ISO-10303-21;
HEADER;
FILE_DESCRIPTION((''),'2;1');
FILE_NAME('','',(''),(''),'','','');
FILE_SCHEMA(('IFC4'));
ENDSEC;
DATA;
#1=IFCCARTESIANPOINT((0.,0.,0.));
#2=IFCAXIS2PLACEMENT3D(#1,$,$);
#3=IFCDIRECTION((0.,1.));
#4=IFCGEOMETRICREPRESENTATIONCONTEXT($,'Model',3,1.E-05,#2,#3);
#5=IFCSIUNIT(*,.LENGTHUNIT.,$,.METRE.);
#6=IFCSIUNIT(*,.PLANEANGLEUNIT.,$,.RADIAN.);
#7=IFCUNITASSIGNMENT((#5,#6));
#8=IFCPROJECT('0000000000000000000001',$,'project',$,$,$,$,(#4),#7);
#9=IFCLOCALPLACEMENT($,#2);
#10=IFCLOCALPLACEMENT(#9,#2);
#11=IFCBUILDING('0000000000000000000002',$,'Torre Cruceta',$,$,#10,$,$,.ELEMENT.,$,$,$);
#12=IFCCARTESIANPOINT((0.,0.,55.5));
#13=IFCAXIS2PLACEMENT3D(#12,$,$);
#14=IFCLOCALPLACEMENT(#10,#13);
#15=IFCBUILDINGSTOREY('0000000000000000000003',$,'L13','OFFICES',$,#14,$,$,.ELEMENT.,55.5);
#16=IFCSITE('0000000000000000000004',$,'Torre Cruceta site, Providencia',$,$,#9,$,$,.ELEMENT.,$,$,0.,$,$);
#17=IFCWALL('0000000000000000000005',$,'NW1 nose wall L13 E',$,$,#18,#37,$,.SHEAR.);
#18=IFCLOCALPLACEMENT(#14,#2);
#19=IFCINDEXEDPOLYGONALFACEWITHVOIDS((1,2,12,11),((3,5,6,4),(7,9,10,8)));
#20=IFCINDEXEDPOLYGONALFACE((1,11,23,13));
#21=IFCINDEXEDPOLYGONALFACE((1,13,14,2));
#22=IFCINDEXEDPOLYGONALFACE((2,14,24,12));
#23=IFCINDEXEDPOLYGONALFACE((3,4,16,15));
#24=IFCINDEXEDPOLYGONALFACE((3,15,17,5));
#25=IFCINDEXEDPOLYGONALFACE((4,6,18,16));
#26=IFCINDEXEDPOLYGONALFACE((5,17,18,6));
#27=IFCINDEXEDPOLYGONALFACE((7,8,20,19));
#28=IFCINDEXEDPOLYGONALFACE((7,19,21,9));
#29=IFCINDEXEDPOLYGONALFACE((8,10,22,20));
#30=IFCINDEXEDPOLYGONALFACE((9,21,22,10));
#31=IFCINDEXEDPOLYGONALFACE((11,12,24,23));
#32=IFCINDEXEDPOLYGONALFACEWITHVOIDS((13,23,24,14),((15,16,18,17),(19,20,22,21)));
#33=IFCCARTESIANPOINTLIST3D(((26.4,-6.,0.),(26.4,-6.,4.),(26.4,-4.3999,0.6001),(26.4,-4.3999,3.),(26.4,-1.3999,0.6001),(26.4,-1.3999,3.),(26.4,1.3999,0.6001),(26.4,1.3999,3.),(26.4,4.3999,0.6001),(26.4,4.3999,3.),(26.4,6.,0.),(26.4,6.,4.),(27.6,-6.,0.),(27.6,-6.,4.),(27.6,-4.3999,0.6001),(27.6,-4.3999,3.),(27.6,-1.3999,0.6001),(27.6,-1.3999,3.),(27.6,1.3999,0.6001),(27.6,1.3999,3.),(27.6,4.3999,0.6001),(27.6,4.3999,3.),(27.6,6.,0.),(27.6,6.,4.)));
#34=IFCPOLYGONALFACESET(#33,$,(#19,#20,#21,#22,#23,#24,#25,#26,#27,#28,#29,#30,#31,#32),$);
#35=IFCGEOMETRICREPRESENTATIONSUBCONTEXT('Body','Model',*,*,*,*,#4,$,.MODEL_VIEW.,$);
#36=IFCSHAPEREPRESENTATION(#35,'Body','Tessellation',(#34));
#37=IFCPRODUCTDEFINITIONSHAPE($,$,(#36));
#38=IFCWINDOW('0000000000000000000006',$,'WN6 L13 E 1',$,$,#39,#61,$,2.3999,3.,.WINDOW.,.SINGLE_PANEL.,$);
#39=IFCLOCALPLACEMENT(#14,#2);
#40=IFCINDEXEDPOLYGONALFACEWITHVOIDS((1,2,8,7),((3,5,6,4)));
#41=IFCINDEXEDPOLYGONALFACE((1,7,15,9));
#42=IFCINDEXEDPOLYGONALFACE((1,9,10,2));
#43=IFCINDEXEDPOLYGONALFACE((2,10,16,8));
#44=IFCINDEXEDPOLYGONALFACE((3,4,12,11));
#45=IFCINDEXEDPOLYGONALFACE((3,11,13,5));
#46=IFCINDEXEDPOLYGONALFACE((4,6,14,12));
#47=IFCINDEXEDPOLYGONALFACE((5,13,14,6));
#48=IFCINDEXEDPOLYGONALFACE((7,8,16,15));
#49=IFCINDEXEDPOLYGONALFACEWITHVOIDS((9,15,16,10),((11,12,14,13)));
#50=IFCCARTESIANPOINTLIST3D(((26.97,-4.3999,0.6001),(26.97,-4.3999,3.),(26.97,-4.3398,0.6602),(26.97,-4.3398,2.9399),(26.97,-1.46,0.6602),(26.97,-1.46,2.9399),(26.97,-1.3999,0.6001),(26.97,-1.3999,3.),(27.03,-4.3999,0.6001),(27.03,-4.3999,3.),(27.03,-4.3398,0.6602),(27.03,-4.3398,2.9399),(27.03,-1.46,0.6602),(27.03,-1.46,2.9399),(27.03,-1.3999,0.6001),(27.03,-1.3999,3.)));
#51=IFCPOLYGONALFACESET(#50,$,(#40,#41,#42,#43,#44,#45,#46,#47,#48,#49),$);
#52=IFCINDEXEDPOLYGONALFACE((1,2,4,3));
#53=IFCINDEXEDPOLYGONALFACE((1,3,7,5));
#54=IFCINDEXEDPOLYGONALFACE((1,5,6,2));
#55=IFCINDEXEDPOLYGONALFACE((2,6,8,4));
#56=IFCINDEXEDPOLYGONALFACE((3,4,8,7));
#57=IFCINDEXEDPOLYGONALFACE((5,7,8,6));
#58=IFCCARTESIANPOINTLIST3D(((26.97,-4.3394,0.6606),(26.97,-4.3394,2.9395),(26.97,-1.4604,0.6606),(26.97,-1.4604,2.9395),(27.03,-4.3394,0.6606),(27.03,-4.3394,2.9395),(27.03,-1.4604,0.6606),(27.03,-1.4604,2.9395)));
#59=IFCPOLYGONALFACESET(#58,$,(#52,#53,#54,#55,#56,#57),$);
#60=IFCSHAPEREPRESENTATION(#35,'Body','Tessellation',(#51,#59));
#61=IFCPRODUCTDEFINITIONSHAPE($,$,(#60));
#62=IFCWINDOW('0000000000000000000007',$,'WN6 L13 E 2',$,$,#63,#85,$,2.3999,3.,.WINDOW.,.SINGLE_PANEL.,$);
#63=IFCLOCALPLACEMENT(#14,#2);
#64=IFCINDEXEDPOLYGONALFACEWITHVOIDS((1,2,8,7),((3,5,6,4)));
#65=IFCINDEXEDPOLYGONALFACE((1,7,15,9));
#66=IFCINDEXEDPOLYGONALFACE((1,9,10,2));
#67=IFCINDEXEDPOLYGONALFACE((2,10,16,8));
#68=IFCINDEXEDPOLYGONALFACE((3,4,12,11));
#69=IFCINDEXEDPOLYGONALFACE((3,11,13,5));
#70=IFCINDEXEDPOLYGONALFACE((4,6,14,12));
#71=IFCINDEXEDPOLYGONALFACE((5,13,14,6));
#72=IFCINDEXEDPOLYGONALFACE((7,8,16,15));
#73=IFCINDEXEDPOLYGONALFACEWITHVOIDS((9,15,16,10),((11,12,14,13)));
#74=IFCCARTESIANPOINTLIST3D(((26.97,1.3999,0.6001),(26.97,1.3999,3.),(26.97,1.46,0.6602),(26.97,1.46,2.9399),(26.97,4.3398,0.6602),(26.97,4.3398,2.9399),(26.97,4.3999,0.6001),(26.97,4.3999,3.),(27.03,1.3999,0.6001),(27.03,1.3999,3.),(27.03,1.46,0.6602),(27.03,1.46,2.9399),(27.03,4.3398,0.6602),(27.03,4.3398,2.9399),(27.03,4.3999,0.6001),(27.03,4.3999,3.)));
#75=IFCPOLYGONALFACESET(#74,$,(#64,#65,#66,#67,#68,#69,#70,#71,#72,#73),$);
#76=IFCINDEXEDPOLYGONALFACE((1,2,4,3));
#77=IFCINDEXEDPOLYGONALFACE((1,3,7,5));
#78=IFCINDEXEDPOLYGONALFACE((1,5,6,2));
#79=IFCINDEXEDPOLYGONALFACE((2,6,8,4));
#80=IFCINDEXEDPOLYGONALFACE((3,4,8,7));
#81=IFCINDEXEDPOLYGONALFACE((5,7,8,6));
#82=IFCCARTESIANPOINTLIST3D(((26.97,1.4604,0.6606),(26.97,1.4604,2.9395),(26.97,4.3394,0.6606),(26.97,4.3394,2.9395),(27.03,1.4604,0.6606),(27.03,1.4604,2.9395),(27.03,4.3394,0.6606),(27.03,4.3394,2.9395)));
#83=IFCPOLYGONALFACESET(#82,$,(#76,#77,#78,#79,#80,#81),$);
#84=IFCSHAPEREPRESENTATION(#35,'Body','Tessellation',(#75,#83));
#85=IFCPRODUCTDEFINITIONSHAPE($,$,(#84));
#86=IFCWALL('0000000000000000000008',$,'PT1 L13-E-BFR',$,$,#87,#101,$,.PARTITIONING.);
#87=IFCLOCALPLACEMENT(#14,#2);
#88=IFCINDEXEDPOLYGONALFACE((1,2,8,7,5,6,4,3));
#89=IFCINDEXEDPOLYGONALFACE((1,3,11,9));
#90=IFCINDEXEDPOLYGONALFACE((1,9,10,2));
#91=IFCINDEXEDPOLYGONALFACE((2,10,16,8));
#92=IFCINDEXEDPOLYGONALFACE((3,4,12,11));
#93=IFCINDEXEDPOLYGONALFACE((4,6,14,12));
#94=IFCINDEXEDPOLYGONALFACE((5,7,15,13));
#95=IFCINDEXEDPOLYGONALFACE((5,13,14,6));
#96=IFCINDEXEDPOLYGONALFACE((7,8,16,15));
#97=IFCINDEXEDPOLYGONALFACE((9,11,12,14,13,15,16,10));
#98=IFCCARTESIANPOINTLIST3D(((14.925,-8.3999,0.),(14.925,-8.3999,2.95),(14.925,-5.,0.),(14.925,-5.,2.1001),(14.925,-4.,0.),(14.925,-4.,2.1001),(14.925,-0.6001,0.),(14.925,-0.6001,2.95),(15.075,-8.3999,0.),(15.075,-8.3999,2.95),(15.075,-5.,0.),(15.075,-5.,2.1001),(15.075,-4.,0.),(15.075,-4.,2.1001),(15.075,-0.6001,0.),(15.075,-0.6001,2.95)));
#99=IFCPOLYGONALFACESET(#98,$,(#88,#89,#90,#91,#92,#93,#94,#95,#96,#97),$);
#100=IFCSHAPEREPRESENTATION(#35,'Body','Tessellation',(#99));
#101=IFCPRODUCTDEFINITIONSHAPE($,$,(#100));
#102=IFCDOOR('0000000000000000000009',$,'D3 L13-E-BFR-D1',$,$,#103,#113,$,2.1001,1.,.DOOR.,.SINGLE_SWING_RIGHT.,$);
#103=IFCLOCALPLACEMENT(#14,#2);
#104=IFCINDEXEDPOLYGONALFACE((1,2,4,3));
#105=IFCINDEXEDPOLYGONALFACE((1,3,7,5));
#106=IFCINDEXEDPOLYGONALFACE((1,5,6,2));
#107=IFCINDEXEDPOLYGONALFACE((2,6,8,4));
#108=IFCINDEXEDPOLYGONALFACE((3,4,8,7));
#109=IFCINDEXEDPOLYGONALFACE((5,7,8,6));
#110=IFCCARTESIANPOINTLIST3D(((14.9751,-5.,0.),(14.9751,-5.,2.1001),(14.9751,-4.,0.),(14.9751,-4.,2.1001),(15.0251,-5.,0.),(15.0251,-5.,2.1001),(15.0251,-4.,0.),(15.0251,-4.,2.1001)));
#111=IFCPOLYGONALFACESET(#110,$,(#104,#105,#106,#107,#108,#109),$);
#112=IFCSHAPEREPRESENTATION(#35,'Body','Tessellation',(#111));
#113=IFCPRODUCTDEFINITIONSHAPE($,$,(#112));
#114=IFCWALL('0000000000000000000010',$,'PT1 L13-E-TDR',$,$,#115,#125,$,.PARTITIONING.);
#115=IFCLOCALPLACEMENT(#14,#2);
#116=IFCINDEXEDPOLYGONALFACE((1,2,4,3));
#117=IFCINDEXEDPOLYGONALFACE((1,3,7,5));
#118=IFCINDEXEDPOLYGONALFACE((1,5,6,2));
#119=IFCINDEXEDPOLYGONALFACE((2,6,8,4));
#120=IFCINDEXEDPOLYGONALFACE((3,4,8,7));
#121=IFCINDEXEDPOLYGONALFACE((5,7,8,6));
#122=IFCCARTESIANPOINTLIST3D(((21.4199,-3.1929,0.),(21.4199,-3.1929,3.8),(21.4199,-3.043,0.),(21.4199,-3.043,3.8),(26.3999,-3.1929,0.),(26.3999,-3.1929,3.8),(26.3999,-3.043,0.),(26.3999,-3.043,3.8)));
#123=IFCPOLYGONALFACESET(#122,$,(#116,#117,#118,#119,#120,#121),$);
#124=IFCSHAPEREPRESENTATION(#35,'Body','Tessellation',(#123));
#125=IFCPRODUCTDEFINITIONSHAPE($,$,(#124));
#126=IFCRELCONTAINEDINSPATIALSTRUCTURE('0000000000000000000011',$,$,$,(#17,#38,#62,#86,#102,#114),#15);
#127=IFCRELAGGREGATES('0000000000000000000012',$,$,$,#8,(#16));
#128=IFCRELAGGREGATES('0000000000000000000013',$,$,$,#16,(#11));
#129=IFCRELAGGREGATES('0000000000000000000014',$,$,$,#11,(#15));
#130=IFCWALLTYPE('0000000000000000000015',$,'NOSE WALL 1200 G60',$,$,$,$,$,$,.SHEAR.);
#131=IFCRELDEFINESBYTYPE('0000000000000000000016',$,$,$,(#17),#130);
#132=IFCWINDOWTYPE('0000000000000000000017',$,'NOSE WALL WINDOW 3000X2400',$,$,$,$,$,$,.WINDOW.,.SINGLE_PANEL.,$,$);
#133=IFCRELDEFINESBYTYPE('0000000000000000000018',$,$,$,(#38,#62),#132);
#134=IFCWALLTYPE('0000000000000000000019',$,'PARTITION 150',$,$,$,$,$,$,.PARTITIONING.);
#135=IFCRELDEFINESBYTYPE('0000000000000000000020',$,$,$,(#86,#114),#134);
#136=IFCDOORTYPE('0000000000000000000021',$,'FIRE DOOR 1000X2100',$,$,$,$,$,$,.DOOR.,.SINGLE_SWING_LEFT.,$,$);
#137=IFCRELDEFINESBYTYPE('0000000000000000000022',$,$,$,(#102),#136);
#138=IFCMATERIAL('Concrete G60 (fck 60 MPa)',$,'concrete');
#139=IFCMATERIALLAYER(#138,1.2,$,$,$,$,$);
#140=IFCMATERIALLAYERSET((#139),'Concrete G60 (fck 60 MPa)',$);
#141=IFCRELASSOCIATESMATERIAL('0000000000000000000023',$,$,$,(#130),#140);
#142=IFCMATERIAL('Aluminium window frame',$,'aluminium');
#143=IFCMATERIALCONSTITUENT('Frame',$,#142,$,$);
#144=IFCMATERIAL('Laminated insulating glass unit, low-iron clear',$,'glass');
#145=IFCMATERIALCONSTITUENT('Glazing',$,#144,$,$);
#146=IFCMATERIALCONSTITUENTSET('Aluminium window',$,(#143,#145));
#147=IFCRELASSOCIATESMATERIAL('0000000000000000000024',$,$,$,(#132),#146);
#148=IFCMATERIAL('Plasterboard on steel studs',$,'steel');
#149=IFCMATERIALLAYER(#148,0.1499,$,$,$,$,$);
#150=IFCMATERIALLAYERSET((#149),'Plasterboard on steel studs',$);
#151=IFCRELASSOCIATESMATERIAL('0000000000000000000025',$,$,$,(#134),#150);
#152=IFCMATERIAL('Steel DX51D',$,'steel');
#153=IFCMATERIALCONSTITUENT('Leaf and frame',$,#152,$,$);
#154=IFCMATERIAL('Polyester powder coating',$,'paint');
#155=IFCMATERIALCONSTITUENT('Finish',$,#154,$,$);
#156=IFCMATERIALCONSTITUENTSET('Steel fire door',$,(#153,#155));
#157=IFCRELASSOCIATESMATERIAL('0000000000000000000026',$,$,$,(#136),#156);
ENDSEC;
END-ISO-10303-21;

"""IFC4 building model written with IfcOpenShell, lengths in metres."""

from ifc_helpers import new_model, si_unit, direction, frame, frame_2d, origin, place, context, subcontext, project, spatial, rectangle, hollow_rectangle, extrude, material, layer, layer_set, constituent, constituent_set, type_object, element, fill, save


model = new_model("IFC4")

# Units and contexts
model_context = context("Model", 3, precision=1e-05, world=origin(), true_north=direction((0.0, 1.0)))
body_context = subcontext(model_context, "Body", "Model", "MODEL_VIEW")
ifc_project = project(units=[si_unit("LENGTHUNIT", "METRE"), si_unit("PLANEANGLEUNIT", "RADIAN")], contexts=[model_context])

# Site, building, storey
site_placement = place(None, origin())
site = spatial("IfcSite", under=ifc_project, at=site_placement, Name="Torre Cruceta site, Providencia", CompositionType="ELEMENT", RefElevation=0.0)
building_placement = place(site_placement, origin())
building = spatial("IfcBuilding", under=site, at=building_placement, Name="Torre Cruceta", CompositionType="ELEMENT")
storey_placement = place(building_placement, frame((0.0, 0.0, 55.5)))
storey = spatial("IfcBuildingStorey", under=building, at=storey_placement, Name="L13", Description="OFFICES", CompositionType="ELEMENT", Elevation=55.5)

# Wall, openings, windows
ifc_material_1 = material(Name="Concrete G60 (fck 60 MPa)", Category="concrete")
ifc_layer_1 = layer(ifc_material_1, 1.2)
ifc_layer_set_1 = layer_set([ifc_layer_1], Name="Concrete G60 (fck 60 MPa)")
wall_type_1 = type_object("IfcWallType", Name="NOSE WALL 1200 G60", PredefinedType="SHEAR", material=ifc_layer_set_1)
wall_1_placement = place(storey_placement, frame((27.0, -6.0, 0.0), z_axis=(0.0, 0.0, 1.0), x_axis=(0.0, 1.0, 0.0)))
wall_1 = element("IfcWall", 1, at=wall_1_placement, inside=storey, type_object=wall_type_1, Name="NW1 nose wall L13 E", PredefinedType="SHEAR", context=body_context, shape_type="SweptSolid", body=[
    extrude(rectangle(XDim=12.0, YDim=1.2, at=frame_2d((6.0, 0.0))), origin(), (0.0, 0.0, 1.0), 4.0),
])
opening_1_placement = place(wall_1_placement, frame((1.6001, 0.0, 0.6001)))
opening_1 = element("IfcOpeningElement", 2, at=opening_1_placement, cuts=wall_1, PredefinedType="OPENING", context=body_context, shape_type="SweptSolid", body=[
    extrude(rectangle(XDim=3.0, YDim=2.3999, at=frame_2d((1.5, 1.2))), frame((0.0, 0.6099, 0.0), z_axis=(0.0, -1.0, 0.0), x_axis=(1.0, 0.0, 0.0)), (0.0, 0.0, 1.0), 1.22),
])
opening_2_placement = place(wall_1_placement, frame((7.3999, 0.0, 0.6001)))
opening_2 = element("IfcOpeningElement", 3, at=opening_2_placement, cuts=wall_1, PredefinedType="OPENING", context=body_context, shape_type="SweptSolid", body=[
    extrude(rectangle(XDim=3.0, YDim=2.3999, at=frame_2d((1.5, 1.2))), frame((0.0, 0.6099, 0.0), z_axis=(0.0, -1.0, 0.0), x_axis=(1.0, 0.0, 0.0)), (0.0, 0.0, 1.0), 1.22),
])
ifc_material_2 = material(Name="Aluminium window frame", Category="aluminium")
ifc_constituent_1 = constituent(ifc_material_2, Name="Frame")
ifc_material_3 = material(Name="Laminated insulating glass unit, low-iron clear", Category="glass")
ifc_constituent_2 = constituent(ifc_material_3, Name="Glazing")
ifc_constituent_set_1 = constituent_set(constituents=[ifc_constituent_1, ifc_constituent_2], Name="Aluminium window")
window_type = type_object("IfcWindowType", Name="NOSE WALL WINDOW 3000X2400", PartitioningType="SINGLE_PANEL", PredefinedType="WINDOW", material=ifc_constituent_set_1)
window_1_placement = place(opening_1_placement, origin())
window_1 = element("IfcWindow", 4, at=window_1_placement, inside=storey, type_object=window_type, Name="WN6 L13 E 1", OverallHeight=2.3999, OverallWidth=3.0, PartitioningType="SINGLE_PANEL", PredefinedType="WINDOW", context=body_context, shape_type="SweptSolid", body=[
    extrude(hollow_rectangle(XDim=3.0, YDim=2.3999, WallThickness=0.0601, at=frame_2d((1.5, 1.2))), frame((0.0, 0.03, 0.0), z_axis=(0.0, -1.0, 0.0), x_axis=(1.0, 0.0, 0.0)), (0.0, 0.0, 1.0), 0.0601),
    extrude(rectangle(XDim=2.8789, YDim=2.2788, at=frame_2d((1.5, 1.2))), frame((0.0, 0.03, 0.0), z_axis=(0.0, -1.0, 0.0), x_axis=(1.0, 0.0, 0.0)), (0.0, 0.0, 1.0), 0.0601),
])
fill(opening_1, window_1)
window_2_placement = place(opening_2_placement, origin())
window_2 = element("IfcWindow", 5, at=window_2_placement, inside=storey, type_object=window_type, Name="WN6 L13 E 2", OverallHeight=2.3999, OverallWidth=3.0, PartitioningType="SINGLE_PANEL", PredefinedType="WINDOW", context=body_context, shape_type="SweptSolid", body=[
    extrude(hollow_rectangle(XDim=3.0, YDim=2.3999, WallThickness=0.0601, at=frame_2d((1.5, 1.2))), frame((0.0, 0.03, 0.0), z_axis=(0.0, -1.0, 0.0), x_axis=(1.0, 0.0, 0.0)), (0.0, 0.0, 1.0), 0.0601),
    extrude(rectangle(XDim=2.8789, YDim=2.2788, at=frame_2d((1.5, 1.2))), frame((0.0, 0.03, 0.0), z_axis=(0.0, -1.0, 0.0), x_axis=(1.0, 0.0, 0.0)), (0.0, 0.0, 1.0), 0.0601),
])
fill(opening_2, window_2)

# Wall, opening, door
ifc_material_4 = material(Name="Plasterboard on steel studs", Category="steel")
ifc_layer_2 = layer(ifc_material_4, 0.1499)
ifc_layer_set_2 = layer_set([ifc_layer_2], Name="Plasterboard on steel studs")
wall_type_2 = type_object("IfcWallType", Name="PARTITION 150", PredefinedType="PARTITIONING", material=ifc_layer_set_2)
wall_2_placement = place(storey_placement, frame((15.0, -8.3999, 0.0), z_axis=(0.0, 0.0, 1.0), x_axis=(0.0, 1.0, 0.0)))
wall_2 = element("IfcWall", 6, at=wall_2_placement, inside=storey, type_object=wall_type_2, Name="PT1 L13-E-BFR", PredefinedType="PARTITIONING", context=body_context, shape_type="SweptSolid", body=[
    extrude(rectangle(XDim=7.7998, YDim=0.1499, at=frame_2d((3.8999, 0.0))), origin(), (0.0, 0.0, 1.0), 2.95),
])
opening_3_placement = place(wall_2_placement, frame((3.3999, 0.0, 0.0)))
opening_3 = element("IfcOpeningElement", 7, at=opening_3_placement, cuts=wall_2, PredefinedType="OPENING", context=body_context, shape_type="SweptSolid", body=[
    extrude(rectangle(XDim=1.0, YDim=2.1001, at=frame_2d((0.5, 1.05))), frame((0.0, 0.085, 0.0), z_axis=(0.0, -1.0, 0.0), x_axis=(1.0, 0.0, 0.0)), (0.0, 0.0, 1.0), 0.1699),
])
ifc_material_5 = material(Name="Steel DX51D", Category="steel")
ifc_constituent_3 = constituent(ifc_material_5, Name="Leaf and frame")
ifc_material_6 = material(Name="Polyester powder coating", Category="paint")
ifc_constituent_4 = constituent(ifc_material_6, Name="Finish")
ifc_constituent_set_2 = constituent_set(constituents=[ifc_constituent_3, ifc_constituent_4], Name="Steel fire door")
door_type = type_object("IfcDoorType", Name="FIRE DOOR 1000X2100", OperationType="SINGLE_SWING_LEFT", PredefinedType="DOOR", material=ifc_constituent_set_2)
door_placement = place(opening_3_placement, origin())
door = element("IfcDoor", 8, at=door_placement, inside=storey, type_object=door_type, Name="D3 L13-E-BFR-D1", OperationType="SINGLE_SWING_RIGHT", OverallHeight=2.1001, OverallWidth=1.0, PredefinedType="DOOR", context=body_context, shape_type="SweptSolid", body=[
    extrude(rectangle(XDim=1.0, YDim=2.1001, at=frame_2d((0.5, 1.05))), frame((0.0, 0.0249, 0.0), z_axis=(0.0, -1.0, 0.0), x_axis=(1.0, 0.0, 0.0)), (0.0, 0.0, 1.0), 0.05),
])
fill(opening_3, door)

# Wall
wall_3_placement = place(storey_placement, frame((21.4199, -3.1179, 0.0), z_axis=(0.0, 0.0, 1.0), x_axis=(1.0, 0.0, 0.0)))
element("IfcWall", 9, at=wall_3_placement, inside=storey, type_object=wall_type_2, Name="PT1 L13-E-TDR", PredefinedType="PARTITIONING", context=body_context, shape_type="SweptSolid", body=[
    extrude(rectangle(XDim=4.98, YDim=0.1499, at=frame_2d((2.49, 0.0))), origin(), (0.0, 0.0, 1.0), 3.8),
])

save(model, "model.ifc")
